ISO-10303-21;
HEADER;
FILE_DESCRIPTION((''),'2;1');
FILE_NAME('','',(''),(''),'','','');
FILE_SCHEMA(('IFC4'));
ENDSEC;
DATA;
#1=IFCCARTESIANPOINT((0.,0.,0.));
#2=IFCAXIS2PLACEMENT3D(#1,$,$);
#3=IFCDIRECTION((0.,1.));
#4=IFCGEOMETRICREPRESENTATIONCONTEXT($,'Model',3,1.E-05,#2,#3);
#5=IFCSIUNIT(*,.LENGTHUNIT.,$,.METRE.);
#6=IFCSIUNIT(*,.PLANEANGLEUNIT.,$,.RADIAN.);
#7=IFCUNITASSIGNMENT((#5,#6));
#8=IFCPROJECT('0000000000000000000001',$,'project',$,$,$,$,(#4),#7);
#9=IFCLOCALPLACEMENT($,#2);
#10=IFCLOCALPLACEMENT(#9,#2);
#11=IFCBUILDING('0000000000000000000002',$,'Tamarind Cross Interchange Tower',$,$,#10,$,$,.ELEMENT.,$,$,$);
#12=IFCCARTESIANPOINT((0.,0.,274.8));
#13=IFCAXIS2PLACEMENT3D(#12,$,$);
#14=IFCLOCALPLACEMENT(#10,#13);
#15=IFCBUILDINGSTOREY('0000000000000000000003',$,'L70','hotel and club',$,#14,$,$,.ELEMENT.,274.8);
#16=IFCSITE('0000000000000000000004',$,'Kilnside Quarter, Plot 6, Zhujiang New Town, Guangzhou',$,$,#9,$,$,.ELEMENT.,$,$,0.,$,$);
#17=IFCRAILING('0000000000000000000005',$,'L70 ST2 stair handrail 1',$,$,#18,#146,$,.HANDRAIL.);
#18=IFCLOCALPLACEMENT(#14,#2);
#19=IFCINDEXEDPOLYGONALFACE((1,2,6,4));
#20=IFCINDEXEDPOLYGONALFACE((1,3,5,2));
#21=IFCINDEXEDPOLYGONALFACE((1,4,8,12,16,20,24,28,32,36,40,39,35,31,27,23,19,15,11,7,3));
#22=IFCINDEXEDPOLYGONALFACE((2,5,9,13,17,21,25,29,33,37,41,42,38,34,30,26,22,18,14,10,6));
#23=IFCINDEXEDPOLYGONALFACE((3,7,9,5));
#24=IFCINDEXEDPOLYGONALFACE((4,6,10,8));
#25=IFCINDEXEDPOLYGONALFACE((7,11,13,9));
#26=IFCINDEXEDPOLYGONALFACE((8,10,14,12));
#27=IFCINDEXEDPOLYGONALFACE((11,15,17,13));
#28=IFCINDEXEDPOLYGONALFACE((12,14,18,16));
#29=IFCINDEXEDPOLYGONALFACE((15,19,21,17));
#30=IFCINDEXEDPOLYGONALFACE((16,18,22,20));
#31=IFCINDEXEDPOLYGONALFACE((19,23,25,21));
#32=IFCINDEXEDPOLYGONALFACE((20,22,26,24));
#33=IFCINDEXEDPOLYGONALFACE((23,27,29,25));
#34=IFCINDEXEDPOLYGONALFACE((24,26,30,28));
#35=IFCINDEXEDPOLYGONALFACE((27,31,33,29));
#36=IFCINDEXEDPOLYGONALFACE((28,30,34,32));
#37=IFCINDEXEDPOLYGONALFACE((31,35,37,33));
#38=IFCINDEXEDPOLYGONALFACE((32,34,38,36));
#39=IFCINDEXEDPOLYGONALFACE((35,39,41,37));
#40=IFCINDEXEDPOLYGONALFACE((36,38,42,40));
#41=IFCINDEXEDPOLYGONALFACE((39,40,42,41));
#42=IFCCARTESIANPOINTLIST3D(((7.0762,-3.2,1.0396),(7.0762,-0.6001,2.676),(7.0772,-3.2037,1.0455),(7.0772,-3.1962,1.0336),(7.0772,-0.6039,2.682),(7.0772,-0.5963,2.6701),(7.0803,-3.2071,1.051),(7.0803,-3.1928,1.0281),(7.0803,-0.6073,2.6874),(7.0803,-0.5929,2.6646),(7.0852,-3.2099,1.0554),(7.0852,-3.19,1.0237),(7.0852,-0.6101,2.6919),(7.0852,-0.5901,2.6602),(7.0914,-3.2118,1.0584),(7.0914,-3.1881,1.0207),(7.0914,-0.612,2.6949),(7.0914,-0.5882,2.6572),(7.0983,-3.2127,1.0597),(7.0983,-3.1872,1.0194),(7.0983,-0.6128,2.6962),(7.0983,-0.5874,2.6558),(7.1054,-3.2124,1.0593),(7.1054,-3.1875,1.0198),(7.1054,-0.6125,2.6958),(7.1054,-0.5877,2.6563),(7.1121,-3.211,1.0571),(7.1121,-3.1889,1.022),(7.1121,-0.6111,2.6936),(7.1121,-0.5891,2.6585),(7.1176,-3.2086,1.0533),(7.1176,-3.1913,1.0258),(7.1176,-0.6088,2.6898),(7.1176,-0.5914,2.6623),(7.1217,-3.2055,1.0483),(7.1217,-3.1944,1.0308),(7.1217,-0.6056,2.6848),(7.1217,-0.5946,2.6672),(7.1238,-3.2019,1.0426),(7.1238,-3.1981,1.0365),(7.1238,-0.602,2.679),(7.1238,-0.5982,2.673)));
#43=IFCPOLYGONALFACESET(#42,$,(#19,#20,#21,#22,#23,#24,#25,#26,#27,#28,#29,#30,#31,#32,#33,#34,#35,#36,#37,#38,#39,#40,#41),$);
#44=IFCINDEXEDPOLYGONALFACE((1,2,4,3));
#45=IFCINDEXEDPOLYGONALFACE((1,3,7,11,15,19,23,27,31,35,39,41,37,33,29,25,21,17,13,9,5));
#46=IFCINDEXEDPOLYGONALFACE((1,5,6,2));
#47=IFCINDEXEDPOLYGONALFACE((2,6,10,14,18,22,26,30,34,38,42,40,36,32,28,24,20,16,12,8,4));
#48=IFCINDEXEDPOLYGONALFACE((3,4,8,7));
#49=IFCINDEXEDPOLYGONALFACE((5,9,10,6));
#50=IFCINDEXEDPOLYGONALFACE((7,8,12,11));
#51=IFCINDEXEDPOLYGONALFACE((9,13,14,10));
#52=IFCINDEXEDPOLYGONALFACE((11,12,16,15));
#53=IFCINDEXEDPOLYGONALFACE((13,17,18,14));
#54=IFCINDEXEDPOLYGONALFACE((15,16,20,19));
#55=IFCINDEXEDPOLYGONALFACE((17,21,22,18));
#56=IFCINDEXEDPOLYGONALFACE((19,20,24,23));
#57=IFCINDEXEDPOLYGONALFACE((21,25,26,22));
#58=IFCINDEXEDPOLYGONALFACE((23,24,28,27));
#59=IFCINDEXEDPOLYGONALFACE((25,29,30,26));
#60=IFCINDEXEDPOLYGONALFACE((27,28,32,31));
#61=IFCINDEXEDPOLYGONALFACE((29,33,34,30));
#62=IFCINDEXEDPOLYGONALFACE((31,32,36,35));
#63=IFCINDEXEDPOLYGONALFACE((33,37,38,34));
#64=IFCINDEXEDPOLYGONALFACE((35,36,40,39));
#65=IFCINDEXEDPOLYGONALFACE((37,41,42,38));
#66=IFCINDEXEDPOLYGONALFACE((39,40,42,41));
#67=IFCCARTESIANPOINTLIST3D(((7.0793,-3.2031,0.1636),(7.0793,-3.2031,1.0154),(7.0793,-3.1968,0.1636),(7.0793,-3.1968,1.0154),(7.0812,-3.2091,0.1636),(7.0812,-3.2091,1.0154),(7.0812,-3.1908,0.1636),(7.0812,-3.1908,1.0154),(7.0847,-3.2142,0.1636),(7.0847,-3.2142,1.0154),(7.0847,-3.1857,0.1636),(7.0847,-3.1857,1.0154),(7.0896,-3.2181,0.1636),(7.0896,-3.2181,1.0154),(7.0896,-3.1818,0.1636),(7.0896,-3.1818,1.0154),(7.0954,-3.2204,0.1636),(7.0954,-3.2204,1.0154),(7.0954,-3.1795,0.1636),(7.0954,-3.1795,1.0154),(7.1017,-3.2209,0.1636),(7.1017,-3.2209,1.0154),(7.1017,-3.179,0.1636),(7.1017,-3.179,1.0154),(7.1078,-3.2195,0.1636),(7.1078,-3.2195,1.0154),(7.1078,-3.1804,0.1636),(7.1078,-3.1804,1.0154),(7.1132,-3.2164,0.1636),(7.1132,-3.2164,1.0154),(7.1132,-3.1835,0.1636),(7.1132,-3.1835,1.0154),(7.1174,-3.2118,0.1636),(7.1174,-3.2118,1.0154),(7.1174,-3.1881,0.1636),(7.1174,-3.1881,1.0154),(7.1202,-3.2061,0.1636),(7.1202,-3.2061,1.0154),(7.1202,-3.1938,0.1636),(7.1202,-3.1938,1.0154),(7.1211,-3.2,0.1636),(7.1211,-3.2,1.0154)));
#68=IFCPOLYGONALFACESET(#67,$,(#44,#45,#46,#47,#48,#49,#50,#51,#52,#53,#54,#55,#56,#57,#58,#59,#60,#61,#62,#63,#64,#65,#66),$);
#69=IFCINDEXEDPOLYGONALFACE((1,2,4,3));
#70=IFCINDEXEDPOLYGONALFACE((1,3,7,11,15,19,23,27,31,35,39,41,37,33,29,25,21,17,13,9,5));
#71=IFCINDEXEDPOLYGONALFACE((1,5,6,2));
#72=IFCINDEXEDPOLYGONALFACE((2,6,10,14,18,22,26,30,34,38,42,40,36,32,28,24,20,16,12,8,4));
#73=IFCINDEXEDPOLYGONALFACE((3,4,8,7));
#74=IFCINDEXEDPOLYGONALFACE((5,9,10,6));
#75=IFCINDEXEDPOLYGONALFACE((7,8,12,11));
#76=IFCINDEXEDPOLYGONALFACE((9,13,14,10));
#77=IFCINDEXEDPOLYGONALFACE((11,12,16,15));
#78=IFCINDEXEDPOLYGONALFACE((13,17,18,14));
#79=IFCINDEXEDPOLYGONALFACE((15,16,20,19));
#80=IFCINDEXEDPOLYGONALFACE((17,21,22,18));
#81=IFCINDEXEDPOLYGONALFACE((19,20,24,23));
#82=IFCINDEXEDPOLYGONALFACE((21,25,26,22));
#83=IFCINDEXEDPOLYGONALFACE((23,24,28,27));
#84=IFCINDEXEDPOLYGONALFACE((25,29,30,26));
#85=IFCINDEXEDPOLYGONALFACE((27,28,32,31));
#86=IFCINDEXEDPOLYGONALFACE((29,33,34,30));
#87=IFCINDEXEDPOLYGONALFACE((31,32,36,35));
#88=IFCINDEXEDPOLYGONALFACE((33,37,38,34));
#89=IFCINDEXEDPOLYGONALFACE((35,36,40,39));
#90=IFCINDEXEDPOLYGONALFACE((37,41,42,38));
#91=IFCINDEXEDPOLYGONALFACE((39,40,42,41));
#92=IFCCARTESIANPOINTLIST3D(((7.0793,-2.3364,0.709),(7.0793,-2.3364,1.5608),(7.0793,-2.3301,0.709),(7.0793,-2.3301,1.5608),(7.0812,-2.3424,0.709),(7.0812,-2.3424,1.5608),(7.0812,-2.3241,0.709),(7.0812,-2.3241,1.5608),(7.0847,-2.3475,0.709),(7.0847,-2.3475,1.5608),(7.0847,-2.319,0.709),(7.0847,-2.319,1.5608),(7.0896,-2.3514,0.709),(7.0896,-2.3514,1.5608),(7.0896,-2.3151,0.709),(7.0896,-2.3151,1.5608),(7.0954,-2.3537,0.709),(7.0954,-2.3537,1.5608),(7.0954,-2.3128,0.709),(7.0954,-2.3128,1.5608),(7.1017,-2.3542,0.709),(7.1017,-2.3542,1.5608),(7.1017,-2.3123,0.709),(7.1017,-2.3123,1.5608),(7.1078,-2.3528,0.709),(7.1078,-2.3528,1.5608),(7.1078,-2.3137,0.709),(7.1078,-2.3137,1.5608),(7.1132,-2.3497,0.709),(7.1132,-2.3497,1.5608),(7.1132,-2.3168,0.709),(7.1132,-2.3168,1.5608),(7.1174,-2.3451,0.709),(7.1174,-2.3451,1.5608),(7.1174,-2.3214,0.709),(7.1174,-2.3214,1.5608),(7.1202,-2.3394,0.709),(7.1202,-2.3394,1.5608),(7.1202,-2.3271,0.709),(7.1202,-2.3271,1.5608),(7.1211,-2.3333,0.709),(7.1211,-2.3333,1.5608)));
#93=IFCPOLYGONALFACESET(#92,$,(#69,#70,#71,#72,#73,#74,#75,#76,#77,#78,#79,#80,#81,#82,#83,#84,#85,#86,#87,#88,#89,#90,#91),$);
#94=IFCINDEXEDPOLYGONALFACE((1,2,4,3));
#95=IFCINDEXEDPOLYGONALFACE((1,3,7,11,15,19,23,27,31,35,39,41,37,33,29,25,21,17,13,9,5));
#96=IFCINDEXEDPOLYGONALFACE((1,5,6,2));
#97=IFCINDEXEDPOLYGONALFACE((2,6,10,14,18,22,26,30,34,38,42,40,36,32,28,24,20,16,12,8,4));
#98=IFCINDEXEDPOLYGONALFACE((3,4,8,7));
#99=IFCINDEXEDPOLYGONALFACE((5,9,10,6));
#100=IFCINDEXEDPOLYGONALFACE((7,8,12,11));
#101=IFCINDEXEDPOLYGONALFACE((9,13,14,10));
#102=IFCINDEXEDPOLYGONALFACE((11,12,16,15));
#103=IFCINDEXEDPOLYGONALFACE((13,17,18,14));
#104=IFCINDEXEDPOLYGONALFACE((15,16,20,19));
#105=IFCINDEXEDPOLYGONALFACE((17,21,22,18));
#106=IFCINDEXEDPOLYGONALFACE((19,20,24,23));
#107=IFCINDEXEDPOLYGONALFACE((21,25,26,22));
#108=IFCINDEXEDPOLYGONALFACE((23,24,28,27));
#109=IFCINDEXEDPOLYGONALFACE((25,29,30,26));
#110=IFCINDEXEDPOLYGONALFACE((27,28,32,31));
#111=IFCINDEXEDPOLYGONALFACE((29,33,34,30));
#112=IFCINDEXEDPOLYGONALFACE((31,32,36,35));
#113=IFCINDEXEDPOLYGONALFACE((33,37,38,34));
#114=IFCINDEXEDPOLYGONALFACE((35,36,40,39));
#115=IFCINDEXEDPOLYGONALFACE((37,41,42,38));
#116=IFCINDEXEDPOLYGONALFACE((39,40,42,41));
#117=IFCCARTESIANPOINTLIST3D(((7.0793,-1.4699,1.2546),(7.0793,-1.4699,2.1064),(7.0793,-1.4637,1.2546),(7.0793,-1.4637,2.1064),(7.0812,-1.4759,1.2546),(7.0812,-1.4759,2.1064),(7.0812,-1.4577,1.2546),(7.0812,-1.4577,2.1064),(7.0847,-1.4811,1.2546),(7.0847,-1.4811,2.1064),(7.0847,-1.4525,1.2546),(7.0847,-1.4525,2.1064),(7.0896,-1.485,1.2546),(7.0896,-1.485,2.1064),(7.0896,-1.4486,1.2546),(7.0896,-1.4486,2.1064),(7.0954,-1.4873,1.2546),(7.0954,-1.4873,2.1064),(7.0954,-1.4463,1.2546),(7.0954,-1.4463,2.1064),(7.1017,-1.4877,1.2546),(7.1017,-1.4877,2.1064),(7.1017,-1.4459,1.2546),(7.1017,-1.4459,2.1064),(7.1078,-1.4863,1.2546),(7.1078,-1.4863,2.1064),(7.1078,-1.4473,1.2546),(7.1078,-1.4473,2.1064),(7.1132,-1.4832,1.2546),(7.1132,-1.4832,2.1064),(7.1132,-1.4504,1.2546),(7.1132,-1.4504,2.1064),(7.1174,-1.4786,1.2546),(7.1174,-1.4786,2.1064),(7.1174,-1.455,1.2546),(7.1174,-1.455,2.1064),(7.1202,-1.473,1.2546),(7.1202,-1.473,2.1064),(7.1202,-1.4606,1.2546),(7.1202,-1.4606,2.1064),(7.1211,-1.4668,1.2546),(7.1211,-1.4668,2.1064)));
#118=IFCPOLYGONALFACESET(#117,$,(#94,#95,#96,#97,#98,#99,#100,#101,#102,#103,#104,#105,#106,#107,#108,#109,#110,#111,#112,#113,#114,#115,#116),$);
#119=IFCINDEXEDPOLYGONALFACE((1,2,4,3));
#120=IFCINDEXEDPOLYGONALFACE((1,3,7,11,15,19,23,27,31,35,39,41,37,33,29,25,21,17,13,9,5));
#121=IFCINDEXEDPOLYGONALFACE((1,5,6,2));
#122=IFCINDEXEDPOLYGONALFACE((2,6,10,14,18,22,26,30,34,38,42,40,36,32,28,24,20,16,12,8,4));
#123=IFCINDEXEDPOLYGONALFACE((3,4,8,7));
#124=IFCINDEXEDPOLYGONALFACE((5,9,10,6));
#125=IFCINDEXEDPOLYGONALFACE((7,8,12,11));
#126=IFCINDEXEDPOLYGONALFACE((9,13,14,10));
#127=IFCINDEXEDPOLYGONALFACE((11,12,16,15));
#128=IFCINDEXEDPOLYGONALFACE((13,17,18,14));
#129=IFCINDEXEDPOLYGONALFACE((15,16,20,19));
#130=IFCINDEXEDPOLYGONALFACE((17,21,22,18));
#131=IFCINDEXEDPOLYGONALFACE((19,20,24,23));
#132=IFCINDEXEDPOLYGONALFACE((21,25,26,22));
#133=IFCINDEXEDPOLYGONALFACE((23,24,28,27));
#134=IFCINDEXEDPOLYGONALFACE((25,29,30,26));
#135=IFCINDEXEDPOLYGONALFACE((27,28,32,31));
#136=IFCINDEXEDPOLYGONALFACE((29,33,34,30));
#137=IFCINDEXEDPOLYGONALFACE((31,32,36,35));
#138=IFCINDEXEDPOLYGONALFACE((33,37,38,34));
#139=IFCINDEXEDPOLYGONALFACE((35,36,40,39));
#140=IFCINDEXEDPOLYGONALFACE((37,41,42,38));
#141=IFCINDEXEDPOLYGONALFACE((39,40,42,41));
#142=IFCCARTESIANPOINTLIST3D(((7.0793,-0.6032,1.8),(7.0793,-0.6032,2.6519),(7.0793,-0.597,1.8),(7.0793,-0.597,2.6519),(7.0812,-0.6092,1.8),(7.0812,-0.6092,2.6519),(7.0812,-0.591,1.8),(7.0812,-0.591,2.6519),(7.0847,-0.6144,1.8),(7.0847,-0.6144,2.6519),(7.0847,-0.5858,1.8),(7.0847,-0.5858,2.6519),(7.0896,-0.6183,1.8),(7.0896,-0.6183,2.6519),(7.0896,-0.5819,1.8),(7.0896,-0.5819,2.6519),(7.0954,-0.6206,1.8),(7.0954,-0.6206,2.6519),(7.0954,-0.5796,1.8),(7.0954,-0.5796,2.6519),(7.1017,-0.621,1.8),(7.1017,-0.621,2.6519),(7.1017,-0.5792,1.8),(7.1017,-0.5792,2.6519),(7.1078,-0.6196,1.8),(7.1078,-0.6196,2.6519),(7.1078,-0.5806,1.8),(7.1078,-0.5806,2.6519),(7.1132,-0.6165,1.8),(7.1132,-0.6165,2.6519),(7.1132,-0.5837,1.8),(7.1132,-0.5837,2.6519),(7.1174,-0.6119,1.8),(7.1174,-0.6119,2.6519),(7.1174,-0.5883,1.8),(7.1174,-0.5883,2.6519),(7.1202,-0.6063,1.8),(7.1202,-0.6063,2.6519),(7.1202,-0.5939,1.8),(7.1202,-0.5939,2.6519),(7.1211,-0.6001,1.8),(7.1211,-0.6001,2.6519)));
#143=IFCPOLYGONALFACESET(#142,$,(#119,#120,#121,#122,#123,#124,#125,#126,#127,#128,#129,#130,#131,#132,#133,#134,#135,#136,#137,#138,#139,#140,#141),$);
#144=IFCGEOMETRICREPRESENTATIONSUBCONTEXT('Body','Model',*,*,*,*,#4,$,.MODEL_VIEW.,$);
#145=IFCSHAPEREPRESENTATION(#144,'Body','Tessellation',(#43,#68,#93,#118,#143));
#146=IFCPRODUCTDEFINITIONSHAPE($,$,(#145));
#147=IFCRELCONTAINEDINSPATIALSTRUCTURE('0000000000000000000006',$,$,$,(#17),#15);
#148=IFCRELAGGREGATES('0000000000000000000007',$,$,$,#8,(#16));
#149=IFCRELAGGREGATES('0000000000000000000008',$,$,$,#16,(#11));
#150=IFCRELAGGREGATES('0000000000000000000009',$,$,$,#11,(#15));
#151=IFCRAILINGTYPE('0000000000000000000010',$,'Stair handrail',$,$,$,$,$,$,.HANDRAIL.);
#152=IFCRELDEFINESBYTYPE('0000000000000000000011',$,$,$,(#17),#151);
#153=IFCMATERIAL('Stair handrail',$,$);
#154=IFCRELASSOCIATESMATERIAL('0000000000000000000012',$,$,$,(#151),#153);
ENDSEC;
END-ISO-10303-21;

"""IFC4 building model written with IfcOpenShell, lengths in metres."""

from ifc_helpers import new_model, si_unit, direction, frame, origin, origin_2d, place, context, subcontext, project, spatial, circle, extrude, material, type_object, element, save


model = new_model("IFC4")

# Units and contexts
model_context = context("Model", 3, precision=1e-05, world=origin(), true_north=direction((0.0, 1.0)))
body_context = subcontext(model_context, "Body", "Model", "MODEL_VIEW")
ifc_project = project(units=[si_unit("LENGTHUNIT", "METRE"), si_unit("PLANEANGLEUNIT", "RADIAN")], contexts=[model_context])

# Site, building, storey
site_placement = place(None, origin())
site = spatial("IfcSite", under=ifc_project, at=site_placement, Name="Kilnside Quarter, Plot 6, Zhujiang New Town, Guangzhou", CompositionType="ELEMENT", RefElevation=0.0)
building_placement = place(site_placement, origin())
building = spatial("IfcBuilding", under=site, at=building_placement, Name="Tamarind Cross Interchange Tower", CompositionType="ELEMENT")
storey_placement = place(building_placement, frame((0.0, 0.0, 274.8)))
storey = spatial("IfcBuildingStorey", under=building, at=storey_placement, Name="L70", Description="hotel and club", CompositionType="ELEMENT", Elevation=274.8)

# Railing
ifc_material_1 = material(Name="Stair handrail")
railing_type_1 = type_object("IfcRailingType", Name="Stair handrail", PredefinedType="HANDRAIL", material=ifc_material_1)
railing_1_placement = place(storey_placement, frame((7.1001, -3.2, 0.1636)))
element("IfcRailing", 1, at=railing_1_placement, inside=storey, type_object=railing_type_1, Name="L70 ST2 stair handrail 1", PredefinedType="HANDRAIL", context=body_context, shape_type="SweptSolid", body=[
    extrude(circle(Radius=0.0239, at=origin_2d()), frame((0.0, 0.0, 0.876), z_axis=(0.0, 0.846302, 0.532704), x_axis=(-1.0, 0.0, 0.0)), (0.0, 0.0, 1.0), 3.072),
    extrude(circle(Radius=0.021, at=origin_2d()), origin(), (0.0, 0.0, 1.0), 0.8518),
    extrude(circle(Radius=0.021, at=origin_2d()), frame((0.0, 0.8667, 0.5454)), (0.0, 0.0, 1.0), 0.8518),
    extrude(circle(Radius=0.021, at=origin_2d()), frame((0.0, 1.7332, 1.0911)), (0.0, 0.0, 1.0), 0.8518),
    extrude(circle(Radius=0.021, at=origin_2d()), frame((0.0, 2.5999, 1.6365)), (0.0, 0.0, 1.0), 0.8518),
])

save(model, "model.ifc")
